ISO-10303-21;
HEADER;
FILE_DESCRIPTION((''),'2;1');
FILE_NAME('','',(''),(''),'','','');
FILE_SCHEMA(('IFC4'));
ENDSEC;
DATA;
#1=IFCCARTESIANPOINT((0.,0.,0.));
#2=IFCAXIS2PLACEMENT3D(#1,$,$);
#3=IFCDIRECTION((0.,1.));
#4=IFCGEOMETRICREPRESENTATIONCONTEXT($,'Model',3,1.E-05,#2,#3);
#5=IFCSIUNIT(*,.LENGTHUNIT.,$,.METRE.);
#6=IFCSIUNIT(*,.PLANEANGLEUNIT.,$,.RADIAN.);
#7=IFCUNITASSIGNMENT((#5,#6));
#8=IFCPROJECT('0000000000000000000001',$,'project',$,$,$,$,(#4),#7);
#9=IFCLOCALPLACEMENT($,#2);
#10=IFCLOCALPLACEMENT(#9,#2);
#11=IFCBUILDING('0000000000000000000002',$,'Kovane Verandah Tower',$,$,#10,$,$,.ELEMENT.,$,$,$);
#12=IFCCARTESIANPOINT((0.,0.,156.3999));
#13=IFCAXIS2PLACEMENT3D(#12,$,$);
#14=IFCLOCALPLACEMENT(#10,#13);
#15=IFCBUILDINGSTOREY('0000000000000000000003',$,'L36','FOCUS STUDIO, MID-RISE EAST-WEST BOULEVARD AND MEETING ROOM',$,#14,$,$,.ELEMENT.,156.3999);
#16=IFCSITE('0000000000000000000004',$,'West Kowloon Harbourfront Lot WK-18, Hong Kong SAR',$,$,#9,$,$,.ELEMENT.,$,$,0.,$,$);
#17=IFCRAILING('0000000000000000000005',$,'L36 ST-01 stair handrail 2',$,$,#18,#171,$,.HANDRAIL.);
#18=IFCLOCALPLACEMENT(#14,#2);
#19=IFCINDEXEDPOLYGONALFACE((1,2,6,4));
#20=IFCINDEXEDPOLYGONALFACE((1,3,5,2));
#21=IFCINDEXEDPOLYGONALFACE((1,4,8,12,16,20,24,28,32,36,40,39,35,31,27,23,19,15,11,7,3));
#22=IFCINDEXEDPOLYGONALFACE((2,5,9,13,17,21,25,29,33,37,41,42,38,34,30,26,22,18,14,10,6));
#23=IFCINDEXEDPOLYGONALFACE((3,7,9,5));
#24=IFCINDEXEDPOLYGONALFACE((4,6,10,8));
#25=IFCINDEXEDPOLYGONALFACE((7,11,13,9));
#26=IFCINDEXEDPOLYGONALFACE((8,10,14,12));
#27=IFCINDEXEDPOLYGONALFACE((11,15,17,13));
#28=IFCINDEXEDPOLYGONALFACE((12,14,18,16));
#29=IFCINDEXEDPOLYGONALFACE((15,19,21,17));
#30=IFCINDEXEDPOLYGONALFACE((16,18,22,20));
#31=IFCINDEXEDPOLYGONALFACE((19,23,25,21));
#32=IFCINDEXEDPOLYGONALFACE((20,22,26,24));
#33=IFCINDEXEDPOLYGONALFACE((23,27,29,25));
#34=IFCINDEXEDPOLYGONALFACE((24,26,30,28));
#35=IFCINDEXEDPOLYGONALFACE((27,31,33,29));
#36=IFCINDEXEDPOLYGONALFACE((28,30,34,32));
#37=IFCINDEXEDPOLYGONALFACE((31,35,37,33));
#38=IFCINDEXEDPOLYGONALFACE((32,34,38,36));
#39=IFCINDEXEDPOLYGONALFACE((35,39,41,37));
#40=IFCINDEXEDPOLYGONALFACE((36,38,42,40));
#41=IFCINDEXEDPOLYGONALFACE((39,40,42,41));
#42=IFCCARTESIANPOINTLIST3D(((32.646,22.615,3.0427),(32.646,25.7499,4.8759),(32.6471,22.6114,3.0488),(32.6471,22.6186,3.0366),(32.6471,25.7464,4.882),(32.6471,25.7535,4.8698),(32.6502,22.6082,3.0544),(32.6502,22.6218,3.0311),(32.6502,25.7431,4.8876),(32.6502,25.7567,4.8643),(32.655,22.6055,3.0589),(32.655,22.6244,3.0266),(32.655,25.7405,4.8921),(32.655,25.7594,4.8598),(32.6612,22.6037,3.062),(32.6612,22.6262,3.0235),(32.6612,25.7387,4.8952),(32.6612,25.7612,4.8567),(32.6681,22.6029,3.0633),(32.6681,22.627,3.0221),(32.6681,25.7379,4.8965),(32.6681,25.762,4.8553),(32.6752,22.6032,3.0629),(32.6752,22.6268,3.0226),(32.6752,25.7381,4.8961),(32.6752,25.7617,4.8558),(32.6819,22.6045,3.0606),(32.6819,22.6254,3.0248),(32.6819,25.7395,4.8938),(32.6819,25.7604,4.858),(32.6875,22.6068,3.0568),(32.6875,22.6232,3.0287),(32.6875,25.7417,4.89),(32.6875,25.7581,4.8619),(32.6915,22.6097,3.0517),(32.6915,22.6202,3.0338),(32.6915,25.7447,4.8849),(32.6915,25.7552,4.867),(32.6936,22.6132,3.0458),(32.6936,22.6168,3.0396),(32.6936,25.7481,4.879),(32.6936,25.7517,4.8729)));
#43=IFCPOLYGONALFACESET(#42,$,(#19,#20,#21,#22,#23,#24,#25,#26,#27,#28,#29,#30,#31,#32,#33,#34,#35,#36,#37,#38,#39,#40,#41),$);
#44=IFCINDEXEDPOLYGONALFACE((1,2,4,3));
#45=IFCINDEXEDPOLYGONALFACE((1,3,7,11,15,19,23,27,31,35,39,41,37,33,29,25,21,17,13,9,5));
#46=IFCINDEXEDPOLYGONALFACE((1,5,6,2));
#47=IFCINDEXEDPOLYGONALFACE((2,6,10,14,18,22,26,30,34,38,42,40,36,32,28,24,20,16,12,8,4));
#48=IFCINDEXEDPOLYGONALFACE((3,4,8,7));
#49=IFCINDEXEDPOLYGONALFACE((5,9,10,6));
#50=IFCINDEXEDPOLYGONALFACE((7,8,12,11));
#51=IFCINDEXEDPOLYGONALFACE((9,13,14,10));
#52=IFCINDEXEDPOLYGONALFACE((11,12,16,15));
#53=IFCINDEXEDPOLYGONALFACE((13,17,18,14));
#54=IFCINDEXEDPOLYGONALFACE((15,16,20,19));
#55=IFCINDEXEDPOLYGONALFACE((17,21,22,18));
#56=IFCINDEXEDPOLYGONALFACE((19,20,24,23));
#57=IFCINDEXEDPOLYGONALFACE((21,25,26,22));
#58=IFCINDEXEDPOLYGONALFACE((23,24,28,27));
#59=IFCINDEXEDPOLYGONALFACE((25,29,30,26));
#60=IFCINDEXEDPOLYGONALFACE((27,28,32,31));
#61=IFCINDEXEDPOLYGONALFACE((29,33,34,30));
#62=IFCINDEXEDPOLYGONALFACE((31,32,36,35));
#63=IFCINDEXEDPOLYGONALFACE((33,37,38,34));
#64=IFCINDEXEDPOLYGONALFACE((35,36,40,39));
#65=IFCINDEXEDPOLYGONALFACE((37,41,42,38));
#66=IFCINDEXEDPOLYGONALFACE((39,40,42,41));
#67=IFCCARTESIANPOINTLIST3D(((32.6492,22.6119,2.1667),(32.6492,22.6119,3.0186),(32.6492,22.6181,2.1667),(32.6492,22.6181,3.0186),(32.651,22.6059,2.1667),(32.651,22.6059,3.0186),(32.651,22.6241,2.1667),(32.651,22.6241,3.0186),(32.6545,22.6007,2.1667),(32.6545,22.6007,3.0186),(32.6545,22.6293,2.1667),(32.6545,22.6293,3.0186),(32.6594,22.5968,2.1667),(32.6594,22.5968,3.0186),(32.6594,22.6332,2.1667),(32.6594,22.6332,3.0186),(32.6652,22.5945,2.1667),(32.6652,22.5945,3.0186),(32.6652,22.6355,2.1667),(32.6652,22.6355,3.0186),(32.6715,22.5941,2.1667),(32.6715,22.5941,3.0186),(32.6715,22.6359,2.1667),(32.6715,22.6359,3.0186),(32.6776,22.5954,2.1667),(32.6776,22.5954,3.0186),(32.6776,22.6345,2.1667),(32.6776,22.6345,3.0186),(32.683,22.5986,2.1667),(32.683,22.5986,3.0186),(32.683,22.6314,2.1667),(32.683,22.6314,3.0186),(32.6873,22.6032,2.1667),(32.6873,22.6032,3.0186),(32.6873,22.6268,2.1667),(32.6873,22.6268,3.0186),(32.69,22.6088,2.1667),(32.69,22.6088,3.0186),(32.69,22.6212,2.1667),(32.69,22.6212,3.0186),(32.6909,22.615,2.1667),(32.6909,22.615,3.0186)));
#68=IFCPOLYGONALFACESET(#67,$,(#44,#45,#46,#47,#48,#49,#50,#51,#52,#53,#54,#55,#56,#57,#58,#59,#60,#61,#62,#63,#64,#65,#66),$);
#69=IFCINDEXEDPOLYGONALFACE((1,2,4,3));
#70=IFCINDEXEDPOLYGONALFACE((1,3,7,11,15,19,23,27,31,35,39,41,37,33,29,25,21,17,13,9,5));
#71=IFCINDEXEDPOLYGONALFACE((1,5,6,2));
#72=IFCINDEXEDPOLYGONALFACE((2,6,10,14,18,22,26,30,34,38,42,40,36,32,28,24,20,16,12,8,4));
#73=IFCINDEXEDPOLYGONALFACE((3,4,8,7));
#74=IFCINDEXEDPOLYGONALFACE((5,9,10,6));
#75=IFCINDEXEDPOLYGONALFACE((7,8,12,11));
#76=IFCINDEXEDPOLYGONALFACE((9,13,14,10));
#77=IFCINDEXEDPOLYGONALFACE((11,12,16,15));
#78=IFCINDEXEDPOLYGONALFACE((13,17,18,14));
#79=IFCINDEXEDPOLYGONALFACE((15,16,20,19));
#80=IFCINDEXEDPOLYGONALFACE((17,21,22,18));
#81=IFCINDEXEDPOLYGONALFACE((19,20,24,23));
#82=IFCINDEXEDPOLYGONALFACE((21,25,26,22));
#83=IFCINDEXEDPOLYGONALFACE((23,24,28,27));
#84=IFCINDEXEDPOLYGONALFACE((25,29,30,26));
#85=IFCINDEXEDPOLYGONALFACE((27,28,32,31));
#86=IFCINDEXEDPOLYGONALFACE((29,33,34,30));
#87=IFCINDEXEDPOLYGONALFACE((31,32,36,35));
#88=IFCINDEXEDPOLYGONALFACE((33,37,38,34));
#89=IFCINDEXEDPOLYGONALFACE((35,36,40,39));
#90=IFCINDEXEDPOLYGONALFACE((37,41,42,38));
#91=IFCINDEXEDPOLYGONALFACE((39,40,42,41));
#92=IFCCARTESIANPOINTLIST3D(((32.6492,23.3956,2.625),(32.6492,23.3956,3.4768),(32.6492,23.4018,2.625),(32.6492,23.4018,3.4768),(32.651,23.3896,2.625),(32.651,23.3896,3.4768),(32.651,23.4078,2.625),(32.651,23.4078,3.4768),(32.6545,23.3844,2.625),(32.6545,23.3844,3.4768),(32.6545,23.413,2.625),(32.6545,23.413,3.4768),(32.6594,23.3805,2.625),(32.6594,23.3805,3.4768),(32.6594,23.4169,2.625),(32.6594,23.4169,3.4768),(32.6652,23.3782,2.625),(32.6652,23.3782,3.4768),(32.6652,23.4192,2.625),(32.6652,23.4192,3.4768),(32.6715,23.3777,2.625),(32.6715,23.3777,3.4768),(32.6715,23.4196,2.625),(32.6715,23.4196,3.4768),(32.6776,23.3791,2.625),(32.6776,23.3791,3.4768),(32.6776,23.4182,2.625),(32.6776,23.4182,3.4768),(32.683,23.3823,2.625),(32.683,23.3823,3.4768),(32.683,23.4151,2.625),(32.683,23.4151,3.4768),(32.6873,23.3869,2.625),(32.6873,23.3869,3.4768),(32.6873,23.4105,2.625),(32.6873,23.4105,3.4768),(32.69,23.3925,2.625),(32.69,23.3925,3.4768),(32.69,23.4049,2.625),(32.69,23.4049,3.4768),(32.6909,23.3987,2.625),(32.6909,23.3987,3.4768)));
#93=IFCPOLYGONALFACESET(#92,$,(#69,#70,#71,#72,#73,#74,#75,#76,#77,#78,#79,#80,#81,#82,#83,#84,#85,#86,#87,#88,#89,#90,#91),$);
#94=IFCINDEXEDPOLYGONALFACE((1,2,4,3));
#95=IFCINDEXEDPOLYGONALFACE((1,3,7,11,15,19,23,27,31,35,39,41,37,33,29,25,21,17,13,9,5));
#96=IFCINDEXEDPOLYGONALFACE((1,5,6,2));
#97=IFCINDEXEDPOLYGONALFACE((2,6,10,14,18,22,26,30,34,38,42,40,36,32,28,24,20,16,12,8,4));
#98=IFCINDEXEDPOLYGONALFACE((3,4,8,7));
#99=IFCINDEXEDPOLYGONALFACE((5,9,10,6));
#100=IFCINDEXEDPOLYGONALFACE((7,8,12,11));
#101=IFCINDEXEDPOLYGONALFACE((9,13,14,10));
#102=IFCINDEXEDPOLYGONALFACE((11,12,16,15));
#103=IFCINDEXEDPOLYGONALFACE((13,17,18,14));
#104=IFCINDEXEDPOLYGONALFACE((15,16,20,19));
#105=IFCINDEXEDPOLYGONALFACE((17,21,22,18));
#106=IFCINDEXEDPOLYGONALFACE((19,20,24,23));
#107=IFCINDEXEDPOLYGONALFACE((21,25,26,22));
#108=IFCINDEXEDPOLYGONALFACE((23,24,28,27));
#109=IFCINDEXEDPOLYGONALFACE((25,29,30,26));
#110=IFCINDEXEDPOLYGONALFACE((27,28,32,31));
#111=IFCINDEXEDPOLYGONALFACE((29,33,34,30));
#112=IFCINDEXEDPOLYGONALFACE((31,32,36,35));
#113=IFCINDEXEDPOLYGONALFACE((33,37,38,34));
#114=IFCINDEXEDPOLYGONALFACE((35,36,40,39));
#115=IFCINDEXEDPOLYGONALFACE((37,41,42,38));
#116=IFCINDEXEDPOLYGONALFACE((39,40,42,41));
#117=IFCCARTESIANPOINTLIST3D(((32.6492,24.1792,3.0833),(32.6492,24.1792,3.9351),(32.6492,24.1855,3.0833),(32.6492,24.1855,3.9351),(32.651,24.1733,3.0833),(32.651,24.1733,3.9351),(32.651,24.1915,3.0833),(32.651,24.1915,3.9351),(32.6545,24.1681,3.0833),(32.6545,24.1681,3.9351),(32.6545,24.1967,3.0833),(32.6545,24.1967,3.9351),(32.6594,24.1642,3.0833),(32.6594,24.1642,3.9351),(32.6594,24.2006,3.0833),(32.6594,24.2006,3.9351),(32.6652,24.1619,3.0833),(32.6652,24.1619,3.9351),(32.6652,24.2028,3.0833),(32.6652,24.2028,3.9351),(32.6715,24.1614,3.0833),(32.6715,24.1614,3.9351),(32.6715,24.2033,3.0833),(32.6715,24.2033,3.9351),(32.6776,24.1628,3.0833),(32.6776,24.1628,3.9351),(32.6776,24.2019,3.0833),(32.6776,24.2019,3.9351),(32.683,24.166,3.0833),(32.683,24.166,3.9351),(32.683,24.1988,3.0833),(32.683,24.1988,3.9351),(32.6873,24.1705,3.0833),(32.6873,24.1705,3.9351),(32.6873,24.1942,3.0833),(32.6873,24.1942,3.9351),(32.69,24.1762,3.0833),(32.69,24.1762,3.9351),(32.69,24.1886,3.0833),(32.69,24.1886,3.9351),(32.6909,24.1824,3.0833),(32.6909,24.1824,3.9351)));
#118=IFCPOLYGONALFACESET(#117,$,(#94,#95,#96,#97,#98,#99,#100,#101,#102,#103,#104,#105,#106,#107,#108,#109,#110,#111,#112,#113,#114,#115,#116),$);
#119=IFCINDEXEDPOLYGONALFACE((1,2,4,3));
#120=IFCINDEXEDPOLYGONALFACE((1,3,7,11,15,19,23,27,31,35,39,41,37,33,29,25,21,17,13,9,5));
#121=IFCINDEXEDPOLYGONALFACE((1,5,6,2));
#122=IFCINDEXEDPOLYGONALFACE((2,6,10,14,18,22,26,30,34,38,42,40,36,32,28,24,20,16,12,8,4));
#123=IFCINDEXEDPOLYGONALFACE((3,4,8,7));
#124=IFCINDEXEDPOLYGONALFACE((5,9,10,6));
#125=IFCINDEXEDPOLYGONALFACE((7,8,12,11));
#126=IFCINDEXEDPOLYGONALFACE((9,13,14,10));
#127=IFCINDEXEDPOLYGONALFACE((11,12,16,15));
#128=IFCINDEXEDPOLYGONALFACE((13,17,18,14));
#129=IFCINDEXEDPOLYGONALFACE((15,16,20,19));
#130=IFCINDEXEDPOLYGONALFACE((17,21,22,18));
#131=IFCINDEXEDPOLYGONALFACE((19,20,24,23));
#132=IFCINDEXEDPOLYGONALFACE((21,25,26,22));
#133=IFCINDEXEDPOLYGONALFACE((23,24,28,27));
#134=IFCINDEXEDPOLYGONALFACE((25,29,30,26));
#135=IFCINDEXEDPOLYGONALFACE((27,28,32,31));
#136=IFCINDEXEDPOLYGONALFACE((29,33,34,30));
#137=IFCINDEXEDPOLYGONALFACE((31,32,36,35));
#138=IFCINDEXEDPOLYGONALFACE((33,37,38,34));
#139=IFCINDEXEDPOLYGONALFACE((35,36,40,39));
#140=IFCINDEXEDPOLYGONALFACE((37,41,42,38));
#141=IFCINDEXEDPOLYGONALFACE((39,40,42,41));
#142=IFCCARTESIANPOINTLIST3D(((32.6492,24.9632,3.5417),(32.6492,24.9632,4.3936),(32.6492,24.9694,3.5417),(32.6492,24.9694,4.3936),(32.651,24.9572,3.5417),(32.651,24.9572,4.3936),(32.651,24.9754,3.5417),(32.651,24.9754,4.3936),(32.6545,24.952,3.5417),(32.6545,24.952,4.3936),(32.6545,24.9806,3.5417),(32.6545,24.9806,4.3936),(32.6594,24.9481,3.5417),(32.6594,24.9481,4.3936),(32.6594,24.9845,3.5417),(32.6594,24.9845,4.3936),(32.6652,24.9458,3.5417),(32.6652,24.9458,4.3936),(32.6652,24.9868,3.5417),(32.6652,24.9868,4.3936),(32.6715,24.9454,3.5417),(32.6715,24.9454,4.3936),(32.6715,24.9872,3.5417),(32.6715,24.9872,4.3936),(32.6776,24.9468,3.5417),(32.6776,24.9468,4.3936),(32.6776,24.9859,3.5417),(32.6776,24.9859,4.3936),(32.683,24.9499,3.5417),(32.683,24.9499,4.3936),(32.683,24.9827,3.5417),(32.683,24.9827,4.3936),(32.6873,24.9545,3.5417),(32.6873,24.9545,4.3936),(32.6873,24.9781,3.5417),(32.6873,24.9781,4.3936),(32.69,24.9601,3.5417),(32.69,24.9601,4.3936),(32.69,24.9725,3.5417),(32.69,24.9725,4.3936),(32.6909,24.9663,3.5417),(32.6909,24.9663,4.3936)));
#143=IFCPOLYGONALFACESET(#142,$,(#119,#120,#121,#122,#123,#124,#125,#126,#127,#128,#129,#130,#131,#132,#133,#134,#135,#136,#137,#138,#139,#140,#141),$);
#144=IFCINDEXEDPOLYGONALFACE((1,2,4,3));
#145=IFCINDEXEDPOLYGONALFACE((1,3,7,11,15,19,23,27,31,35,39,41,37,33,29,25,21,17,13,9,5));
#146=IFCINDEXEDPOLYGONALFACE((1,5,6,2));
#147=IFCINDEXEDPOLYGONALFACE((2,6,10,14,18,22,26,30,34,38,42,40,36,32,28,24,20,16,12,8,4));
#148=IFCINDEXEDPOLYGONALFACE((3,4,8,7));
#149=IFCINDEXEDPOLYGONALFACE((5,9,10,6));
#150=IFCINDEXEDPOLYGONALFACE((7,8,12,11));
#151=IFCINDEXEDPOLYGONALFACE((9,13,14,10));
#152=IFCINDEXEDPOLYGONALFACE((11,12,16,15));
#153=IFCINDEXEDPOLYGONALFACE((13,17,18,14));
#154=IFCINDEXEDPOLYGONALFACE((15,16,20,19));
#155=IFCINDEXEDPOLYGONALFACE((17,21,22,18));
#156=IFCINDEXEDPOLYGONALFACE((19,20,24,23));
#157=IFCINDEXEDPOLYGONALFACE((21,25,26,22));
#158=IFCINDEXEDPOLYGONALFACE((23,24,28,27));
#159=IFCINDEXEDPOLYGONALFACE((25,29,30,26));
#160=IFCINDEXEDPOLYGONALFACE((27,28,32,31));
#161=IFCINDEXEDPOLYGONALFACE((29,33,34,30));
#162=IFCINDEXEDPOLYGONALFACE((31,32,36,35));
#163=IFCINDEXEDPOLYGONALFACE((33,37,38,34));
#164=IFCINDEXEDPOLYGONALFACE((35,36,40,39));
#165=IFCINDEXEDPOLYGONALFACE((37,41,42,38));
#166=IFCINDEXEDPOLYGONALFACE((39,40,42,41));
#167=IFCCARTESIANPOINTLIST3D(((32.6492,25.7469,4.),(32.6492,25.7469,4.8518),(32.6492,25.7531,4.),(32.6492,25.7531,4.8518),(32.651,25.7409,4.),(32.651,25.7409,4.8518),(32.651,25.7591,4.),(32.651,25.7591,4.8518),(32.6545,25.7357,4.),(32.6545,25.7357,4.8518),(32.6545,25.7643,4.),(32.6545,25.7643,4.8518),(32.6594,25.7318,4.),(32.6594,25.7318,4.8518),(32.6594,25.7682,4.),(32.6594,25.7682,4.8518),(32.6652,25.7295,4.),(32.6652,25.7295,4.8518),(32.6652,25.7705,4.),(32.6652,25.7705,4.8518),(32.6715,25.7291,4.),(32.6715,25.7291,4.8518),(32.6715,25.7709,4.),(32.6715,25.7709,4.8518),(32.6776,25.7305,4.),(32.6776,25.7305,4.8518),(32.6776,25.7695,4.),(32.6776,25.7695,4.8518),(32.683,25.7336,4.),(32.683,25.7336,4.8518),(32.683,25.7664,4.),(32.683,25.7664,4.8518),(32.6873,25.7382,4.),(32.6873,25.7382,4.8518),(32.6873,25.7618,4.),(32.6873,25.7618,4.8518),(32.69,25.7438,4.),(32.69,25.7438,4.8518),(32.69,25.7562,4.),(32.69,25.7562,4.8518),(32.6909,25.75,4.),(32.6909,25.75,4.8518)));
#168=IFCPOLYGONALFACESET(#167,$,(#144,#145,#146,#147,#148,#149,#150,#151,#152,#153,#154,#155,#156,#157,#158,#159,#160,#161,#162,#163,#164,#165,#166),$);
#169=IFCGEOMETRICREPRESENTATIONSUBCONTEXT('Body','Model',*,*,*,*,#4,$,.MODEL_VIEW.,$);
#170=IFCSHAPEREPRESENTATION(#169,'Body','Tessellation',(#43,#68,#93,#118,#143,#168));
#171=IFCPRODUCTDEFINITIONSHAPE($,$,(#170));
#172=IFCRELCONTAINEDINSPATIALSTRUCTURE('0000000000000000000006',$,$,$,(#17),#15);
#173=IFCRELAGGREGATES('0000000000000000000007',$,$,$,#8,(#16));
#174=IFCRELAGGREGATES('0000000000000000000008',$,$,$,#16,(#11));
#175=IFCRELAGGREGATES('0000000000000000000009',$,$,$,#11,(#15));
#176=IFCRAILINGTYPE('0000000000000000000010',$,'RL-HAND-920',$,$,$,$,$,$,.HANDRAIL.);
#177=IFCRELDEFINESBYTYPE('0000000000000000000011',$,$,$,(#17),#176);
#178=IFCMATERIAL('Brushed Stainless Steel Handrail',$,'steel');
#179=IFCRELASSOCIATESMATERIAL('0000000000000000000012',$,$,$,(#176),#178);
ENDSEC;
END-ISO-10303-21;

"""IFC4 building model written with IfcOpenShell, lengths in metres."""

from ifc_helpers import new_model, si_unit, direction, frame, origin, origin_2d, place, context, subcontext, project, spatial, circle, extrude, material, type_object, element, save


model = new_model("IFC4")

# Units and contexts
model_context = context("Model", 3, precision=1e-05, world=origin(), true_north=direction((0.0, 1.0)))
body_context = subcontext(model_context, "Body", "Model", "MODEL_VIEW")
ifc_project = project(units=[si_unit("LENGTHUNIT", "METRE"), si_unit("PLANEANGLEUNIT", "RADIAN")], contexts=[model_context])

# Site, building, storey
site_placement = place(None, origin())
site = spatial("IfcSite", under=ifc_project, at=site_placement, Name="West Kowloon Harbourfront Lot WK-18, Hong Kong SAR", CompositionType="ELEMENT", RefElevation=0.0)
building_placement = place(site_placement, origin())
building = spatial("IfcBuilding", under=site, at=building_placement, Name="Kovane Verandah Tower", CompositionType="ELEMENT")
storey_placement = place(building_placement, frame((0.0, 0.0, 156.3999)))
storey = spatial("IfcBuildingStorey", under=building, at=storey_placement, Name="L36", Description="FOCUS STUDIO, MID-RISE EAST-WEST BOULEVARD AND MEETING ROOM", CompositionType="ELEMENT", Elevation=156.3999)

# Railing
ifc_material_1 = material(Name="Brushed Stainless Steel Handrail", Category="steel")
railing_type_1 = type_object("IfcRailingType", Name="RL-HAND-920", PredefinedType="HANDRAIL", material=ifc_material_1)
railing_1_placement = place(storey_placement, frame((32.6699, 22.615, 2.1667)))
element("IfcRailing", 1, at=railing_1_placement, inside=storey, type_object=railing_type_1, Name="L36 ST-01 stair handrail 2", PredefinedType="HANDRAIL", context=body_context, shape_type="SweptSolid", body=[
    extrude(circle(Radius=0.0239, at=origin_2d()), frame((0.0, 0.0, 0.876), z_axis=(0.0, 0.86324, 0.504794), x_axis=(-1.0, 0.0, 0.0)), (0.0, 0.0, 1.0), 3.6316),
    extrude(circle(Radius=0.021, at=origin_2d()), origin(), (0.0, 0.0, 1.0), 0.8518),
    extrude(circle(Radius=0.021, at=origin_2d()), frame((0.0, 0.7837, 0.4583)), (0.0, 0.0, 1.0), 0.8518),
    extrude(circle(Radius=0.021, at=origin_2d()), frame((0.0, 1.5674, 0.9165)), (0.0, 0.0, 1.0), 0.8518),
    extrude(circle(Radius=0.021, at=origin_2d()), frame((0.0, 2.3513, 1.375)), (0.0, 0.0, 1.0), 0.8518),
    extrude(circle(Radius=0.021, at=origin_2d()), frame((0.0, 3.135, 1.8333)), (0.0, 0.0, 1.0), 0.8518),
])

save(model, "model.ifc")
